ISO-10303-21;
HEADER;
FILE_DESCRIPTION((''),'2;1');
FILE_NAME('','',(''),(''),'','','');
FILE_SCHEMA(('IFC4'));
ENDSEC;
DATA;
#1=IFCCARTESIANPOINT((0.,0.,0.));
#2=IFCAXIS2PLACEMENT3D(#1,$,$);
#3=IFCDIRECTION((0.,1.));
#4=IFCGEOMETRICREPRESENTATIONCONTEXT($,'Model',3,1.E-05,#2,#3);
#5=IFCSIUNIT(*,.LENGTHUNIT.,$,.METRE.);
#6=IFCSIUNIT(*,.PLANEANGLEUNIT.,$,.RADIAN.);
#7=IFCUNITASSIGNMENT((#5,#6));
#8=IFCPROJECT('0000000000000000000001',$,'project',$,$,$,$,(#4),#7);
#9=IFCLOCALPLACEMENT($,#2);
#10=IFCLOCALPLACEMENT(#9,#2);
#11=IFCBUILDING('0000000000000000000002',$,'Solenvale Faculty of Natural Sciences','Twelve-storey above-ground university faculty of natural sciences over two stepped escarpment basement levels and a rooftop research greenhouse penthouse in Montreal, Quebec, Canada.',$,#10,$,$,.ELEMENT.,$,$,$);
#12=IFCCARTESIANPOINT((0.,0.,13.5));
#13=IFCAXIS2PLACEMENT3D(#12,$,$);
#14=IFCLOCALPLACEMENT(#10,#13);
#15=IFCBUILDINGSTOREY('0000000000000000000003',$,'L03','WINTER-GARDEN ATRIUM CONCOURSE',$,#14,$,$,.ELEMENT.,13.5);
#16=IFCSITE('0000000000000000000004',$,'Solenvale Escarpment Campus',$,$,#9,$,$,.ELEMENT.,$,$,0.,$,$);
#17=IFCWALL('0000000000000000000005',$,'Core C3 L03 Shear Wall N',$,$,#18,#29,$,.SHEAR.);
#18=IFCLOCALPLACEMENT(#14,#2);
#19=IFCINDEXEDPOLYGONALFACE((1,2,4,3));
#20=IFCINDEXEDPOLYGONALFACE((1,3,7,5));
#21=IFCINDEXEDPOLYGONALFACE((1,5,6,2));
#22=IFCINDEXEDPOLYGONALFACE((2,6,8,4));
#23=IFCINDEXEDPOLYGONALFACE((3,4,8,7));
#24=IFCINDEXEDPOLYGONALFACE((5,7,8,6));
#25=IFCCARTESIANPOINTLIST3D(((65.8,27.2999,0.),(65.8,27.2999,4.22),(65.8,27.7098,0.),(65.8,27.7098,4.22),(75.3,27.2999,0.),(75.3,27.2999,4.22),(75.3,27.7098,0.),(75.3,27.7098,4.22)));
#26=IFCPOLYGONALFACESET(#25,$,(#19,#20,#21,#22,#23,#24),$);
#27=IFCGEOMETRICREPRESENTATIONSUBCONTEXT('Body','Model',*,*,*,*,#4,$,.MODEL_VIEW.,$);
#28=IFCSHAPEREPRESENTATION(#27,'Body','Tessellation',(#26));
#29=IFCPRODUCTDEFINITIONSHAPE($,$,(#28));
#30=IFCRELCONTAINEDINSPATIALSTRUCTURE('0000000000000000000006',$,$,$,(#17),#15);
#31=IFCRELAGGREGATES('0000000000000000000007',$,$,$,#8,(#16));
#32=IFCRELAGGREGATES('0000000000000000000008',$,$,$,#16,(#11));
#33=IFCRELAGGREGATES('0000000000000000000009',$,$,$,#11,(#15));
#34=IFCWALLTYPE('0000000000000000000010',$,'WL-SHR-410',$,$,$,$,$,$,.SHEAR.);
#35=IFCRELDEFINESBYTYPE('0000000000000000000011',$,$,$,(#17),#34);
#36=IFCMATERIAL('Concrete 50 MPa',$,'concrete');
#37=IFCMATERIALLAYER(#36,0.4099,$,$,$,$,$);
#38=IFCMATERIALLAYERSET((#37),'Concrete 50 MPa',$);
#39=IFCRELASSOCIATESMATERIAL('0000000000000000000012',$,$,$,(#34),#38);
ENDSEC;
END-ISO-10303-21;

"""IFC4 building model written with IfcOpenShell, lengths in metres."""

from ifc_helpers import new_model, si_unit, direction, frame, frame_2d, origin, place, context, subcontext, project, spatial, rectangle, extrude, material, layer, layer_set, type_object, element, save


model = new_model("IFC4")

# Units and contexts
model_context = context("Model", 3, precision=1e-05, world=origin(), true_north=direction((0.0, 1.0)))
body_context = subcontext(model_context, "Body", "Model", "MODEL_VIEW")
ifc_project = project(units=[si_unit("LENGTHUNIT", "METRE"), si_unit("PLANEANGLEUNIT", "RADIAN")], contexts=[model_context])

# Site, building, storey
site_placement = place(None, origin())
site = spatial("IfcSite", under=ifc_project, at=site_placement, Name="Solenvale Escarpment Campus", CompositionType="ELEMENT", RefElevation=0.0)
building_placement = place(site_placement, origin())
building = spatial("IfcBuilding", under=site, at=building_placement, Name="Solenvale Faculty of Natural Sciences", Description="Twelve-storey above-ground university faculty of natural sciences over two stepped escarpment basement levels and a rooftop research greenhouse penthouse in Montreal, Quebec, Canada.", CompositionType="ELEMENT")
storey_placement = place(building_placement, frame((0.0, 0.0, 13.5)))
storey = spatial("IfcBuildingStorey", under=building, at=storey_placement, Name="L03", Description="WINTER-GARDEN ATRIUM CONCOURSE", CompositionType="ELEMENT", Elevation=13.5)

# Shared definitions
ifc_material_1 = material(Name="Concrete 50 MPa", Category="concrete")

# Wall
ifc_layer_1 = layer(ifc_material_1, 0.4099)
ifc_layer_set_1 = layer_set([ifc_layer_1], Name="Concrete 50 MPa")
wall_type_1 = type_object("IfcWallType", Name="WL-SHR-410", PredefinedType="SHEAR", material=ifc_layer_set_1)
wall_1_placement = place(storey_placement, frame((65.8, 27.5049, 0.0), z_axis=(0.0, 0.0, 1.0), x_axis=(1.0, 0.0, 0.0)))
element("IfcWall", 1, at=wall_1_placement, inside=storey, type_object=wall_type_1, Name="Core C3 L03 Shear Wall N", PredefinedType="SHEAR", context=body_context, shape_type="SweptSolid", body=[
    extrude(rectangle(XDim=9.5, YDim=0.4099, at=frame_2d((4.75, 0.0))), origin(), (0.0, 0.0, 1.0), 4.22),
])

save(model, "model.ifc")
